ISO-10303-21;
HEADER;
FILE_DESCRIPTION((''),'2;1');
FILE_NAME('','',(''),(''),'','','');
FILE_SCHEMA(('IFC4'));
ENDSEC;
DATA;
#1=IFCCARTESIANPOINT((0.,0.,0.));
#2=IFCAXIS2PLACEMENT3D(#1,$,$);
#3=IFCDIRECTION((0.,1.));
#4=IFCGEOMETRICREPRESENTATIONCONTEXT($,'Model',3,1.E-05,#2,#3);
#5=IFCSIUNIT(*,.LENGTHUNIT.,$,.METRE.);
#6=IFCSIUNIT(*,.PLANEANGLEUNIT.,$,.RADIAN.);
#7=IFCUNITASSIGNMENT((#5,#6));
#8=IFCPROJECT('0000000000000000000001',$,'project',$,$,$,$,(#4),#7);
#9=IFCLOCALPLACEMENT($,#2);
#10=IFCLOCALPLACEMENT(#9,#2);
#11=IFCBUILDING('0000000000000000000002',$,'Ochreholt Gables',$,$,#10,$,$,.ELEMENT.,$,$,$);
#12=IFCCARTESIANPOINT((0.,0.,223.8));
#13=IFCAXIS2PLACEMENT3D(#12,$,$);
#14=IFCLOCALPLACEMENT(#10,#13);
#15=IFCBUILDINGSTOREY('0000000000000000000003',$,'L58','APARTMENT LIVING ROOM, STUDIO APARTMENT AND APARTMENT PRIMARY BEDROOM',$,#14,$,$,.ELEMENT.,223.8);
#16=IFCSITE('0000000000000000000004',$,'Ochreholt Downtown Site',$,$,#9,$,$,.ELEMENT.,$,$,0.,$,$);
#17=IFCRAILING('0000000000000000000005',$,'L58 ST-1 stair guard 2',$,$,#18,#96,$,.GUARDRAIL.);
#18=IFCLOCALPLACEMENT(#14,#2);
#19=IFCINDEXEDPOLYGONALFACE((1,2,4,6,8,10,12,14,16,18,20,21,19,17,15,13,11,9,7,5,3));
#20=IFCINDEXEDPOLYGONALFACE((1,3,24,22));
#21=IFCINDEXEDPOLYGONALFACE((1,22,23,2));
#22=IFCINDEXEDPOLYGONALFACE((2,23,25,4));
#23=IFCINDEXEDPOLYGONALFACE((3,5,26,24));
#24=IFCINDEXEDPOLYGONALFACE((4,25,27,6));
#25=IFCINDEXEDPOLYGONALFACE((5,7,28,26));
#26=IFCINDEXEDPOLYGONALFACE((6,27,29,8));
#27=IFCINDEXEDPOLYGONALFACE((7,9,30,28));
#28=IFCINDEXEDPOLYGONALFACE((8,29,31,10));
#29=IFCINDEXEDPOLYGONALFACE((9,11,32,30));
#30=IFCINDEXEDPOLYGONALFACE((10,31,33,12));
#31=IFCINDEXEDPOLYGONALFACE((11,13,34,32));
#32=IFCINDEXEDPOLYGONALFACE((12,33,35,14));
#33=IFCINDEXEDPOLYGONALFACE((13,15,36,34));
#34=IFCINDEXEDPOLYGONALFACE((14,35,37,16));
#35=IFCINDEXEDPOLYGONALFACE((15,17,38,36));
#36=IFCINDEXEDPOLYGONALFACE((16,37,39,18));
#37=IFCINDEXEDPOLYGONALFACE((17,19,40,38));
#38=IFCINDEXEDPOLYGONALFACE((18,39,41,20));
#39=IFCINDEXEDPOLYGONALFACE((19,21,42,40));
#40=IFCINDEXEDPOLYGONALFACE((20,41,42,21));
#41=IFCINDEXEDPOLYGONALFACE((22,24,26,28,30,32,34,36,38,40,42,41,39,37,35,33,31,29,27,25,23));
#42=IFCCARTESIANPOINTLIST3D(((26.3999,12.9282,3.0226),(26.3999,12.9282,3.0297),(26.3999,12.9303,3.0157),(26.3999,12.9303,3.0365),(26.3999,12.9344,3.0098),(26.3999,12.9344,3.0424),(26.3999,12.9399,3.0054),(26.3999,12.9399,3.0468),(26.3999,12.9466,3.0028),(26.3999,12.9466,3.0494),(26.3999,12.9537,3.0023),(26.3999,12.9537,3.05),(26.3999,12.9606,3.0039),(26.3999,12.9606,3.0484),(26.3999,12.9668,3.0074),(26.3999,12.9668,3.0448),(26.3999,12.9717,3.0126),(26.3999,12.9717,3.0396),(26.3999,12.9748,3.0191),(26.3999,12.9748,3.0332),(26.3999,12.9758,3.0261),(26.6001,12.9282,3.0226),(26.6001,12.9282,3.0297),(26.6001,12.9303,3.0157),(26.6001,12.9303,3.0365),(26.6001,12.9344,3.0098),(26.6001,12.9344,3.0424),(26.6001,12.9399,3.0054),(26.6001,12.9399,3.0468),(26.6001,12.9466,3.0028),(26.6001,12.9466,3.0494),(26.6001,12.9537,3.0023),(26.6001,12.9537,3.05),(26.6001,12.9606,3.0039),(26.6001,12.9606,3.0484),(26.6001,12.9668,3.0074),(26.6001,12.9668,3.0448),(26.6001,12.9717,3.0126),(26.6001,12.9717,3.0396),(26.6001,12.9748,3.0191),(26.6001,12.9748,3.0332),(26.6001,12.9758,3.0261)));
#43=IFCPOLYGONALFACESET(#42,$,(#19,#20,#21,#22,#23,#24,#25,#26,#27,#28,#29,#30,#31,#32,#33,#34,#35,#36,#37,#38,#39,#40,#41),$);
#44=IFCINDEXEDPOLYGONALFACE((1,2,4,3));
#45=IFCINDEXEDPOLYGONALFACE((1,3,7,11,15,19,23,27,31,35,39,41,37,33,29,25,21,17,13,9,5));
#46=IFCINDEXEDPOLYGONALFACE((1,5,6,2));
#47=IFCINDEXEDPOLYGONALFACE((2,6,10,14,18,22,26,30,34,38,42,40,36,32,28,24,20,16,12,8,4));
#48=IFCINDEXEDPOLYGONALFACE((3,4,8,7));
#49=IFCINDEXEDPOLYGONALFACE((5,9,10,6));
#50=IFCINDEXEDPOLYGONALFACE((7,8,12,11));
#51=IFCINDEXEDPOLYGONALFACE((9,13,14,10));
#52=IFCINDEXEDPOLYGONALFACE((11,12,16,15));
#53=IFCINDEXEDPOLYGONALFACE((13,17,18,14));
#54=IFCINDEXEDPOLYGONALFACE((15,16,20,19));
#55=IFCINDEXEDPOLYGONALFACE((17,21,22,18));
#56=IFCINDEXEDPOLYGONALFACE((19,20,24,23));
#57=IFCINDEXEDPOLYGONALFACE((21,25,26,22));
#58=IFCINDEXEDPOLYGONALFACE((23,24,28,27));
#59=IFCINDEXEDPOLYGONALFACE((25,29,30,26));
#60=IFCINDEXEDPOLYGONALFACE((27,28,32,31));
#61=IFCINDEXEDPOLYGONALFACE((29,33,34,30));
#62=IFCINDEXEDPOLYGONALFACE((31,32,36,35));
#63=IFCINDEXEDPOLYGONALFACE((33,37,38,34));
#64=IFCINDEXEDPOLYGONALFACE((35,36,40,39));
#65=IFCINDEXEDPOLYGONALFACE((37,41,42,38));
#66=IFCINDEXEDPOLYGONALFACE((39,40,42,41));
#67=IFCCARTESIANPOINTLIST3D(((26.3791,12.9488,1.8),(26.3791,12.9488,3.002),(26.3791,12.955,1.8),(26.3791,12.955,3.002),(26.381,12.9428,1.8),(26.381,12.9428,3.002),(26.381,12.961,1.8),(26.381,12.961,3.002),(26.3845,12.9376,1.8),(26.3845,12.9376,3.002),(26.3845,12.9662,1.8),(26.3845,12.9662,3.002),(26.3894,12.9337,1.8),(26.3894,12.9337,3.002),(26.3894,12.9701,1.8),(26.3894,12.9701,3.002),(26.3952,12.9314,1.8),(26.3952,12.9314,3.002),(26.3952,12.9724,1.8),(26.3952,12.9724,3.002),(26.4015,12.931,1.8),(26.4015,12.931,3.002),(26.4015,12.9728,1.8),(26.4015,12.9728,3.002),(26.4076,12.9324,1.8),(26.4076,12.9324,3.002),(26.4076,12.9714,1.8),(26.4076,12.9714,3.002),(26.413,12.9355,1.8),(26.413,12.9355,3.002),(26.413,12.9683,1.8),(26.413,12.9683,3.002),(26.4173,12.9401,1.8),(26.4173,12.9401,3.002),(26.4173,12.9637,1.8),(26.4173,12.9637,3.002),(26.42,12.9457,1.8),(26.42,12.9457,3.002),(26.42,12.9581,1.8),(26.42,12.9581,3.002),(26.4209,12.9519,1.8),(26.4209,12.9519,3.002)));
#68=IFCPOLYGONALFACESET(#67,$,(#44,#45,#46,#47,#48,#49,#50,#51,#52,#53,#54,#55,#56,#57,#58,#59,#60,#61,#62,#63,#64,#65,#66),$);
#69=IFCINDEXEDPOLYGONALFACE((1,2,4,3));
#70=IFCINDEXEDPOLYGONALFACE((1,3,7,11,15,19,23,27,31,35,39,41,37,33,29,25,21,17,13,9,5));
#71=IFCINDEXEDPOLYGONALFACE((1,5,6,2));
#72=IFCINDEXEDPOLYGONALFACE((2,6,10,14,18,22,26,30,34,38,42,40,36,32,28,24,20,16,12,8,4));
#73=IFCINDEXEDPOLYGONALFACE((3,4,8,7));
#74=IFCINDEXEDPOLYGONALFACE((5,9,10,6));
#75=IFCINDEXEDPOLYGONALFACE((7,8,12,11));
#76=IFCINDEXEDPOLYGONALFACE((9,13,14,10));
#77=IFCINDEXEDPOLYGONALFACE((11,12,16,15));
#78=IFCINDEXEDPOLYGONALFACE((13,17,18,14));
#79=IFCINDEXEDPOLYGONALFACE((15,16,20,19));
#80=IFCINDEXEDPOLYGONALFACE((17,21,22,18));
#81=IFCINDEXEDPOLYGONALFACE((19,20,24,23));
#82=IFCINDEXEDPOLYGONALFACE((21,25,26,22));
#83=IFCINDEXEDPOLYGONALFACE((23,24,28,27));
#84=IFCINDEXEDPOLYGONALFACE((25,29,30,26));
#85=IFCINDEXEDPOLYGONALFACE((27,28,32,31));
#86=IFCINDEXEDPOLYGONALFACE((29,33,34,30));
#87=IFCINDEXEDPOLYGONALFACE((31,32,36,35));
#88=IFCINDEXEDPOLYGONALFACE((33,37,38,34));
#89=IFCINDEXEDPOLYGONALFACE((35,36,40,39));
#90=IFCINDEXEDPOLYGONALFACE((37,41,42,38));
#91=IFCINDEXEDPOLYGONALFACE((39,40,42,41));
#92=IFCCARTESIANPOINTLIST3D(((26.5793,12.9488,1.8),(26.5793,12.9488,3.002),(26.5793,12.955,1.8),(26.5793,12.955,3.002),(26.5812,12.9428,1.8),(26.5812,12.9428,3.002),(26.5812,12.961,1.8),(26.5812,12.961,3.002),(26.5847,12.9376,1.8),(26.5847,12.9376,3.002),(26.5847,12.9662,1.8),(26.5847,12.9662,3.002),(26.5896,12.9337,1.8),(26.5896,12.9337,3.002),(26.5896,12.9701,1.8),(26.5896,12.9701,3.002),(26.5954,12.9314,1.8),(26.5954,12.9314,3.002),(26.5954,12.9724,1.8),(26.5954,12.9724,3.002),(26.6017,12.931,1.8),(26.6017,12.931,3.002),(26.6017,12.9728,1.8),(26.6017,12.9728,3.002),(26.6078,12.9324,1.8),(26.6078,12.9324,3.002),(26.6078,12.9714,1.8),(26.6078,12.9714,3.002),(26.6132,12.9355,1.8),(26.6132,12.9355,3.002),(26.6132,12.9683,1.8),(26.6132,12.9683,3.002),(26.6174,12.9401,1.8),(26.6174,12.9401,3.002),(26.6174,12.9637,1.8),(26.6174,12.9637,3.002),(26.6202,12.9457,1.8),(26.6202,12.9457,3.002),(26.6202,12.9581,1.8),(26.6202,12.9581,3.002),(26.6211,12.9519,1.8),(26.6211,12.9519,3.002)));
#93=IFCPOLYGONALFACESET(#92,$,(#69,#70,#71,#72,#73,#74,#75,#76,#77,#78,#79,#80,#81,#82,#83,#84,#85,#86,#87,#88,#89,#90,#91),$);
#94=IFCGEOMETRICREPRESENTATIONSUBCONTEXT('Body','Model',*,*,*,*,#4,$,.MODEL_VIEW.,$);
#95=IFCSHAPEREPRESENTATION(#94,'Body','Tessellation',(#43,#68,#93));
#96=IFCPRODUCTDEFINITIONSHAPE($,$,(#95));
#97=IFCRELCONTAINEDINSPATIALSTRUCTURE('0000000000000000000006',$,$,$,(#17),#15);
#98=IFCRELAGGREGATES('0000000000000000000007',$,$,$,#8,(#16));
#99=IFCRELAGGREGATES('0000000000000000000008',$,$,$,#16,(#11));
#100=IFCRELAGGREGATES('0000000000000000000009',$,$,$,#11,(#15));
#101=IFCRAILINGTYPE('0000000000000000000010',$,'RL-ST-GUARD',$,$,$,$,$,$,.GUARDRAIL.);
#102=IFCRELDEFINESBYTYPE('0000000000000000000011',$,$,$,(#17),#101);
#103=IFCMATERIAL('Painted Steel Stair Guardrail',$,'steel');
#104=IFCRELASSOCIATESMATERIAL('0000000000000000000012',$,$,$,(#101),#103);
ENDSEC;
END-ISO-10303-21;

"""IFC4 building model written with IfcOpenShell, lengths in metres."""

from ifc_helpers import new_model, si_unit, direction, frame, origin, origin_2d, place, context, subcontext, project, spatial, circle, extrude, material, type_object, element, save


model = new_model("IFC4")

# Units and contexts
model_context = context("Model", 3, precision=1e-05, world=origin(), true_north=direction((0.0, 1.0)))
body_context = subcontext(model_context, "Body", "Model", "MODEL_VIEW")
ifc_project = project(units=[si_unit("LENGTHUNIT", "METRE"), si_unit("PLANEANGLEUNIT", "RADIAN")], contexts=[model_context])

# Site, building, storey
site_placement = place(None, origin())
site = spatial("IfcSite", under=ifc_project, at=site_placement, Name="Ochreholt Downtown Site", CompositionType="ELEMENT", RefElevation=0.0)
building_placement = place(site_placement, origin())
building = spatial("IfcBuilding", under=site, at=building_placement, Name="Ochreholt Gables", CompositionType="ELEMENT")
storey_placement = place(building_placement, frame((0.0, 0.0, 223.8)))
storey = spatial("IfcBuildingStorey", under=building, at=storey_placement, Name="L58", Description="APARTMENT LIVING ROOM, STUDIO APARTMENT AND APARTMENT PRIMARY BEDROOM", CompositionType="ELEMENT", Elevation=223.8)

# Railing
ifc_material_1 = material(Name="Painted Steel Stair Guardrail", Category="steel")
railing_type = type_object("IfcRailingType", Name="RL-ST-GUARD", PredefinedType="GUARDRAIL", material=ifc_material_1)
railing_1_placement = place(storey_placement, frame((26.3999, 12.9519, 1.8)))
element("IfcRailing", 1, at=railing_1_placement, inside=storey, type_object=railing_type, Name="L58 ST-1 stair guard 2", PredefinedType="GUARDRAIL", context=body_context, shape_type="SweptSolid", body=[
    extrude(circle(Radius=0.0239, at=origin_2d()), frame((0.0, 0.0, 1.2261), z_axis=(1.0, 0.0, 0.0), x_axis=(0.0, 1.0, 0.0)), (0.0, 0.0, 1.0), 0.2002),
    extrude(circle(Radius=0.021, at=origin_2d()), origin(), (0.0, 0.0, 1.0), 1.2019),
    extrude(circle(Radius=0.021, at=origin_2d()), frame((0.2002, 0.0, 0.0)), (0.0, 0.0, 1.0), 1.2019),
])

save(model, "model.ifc")
